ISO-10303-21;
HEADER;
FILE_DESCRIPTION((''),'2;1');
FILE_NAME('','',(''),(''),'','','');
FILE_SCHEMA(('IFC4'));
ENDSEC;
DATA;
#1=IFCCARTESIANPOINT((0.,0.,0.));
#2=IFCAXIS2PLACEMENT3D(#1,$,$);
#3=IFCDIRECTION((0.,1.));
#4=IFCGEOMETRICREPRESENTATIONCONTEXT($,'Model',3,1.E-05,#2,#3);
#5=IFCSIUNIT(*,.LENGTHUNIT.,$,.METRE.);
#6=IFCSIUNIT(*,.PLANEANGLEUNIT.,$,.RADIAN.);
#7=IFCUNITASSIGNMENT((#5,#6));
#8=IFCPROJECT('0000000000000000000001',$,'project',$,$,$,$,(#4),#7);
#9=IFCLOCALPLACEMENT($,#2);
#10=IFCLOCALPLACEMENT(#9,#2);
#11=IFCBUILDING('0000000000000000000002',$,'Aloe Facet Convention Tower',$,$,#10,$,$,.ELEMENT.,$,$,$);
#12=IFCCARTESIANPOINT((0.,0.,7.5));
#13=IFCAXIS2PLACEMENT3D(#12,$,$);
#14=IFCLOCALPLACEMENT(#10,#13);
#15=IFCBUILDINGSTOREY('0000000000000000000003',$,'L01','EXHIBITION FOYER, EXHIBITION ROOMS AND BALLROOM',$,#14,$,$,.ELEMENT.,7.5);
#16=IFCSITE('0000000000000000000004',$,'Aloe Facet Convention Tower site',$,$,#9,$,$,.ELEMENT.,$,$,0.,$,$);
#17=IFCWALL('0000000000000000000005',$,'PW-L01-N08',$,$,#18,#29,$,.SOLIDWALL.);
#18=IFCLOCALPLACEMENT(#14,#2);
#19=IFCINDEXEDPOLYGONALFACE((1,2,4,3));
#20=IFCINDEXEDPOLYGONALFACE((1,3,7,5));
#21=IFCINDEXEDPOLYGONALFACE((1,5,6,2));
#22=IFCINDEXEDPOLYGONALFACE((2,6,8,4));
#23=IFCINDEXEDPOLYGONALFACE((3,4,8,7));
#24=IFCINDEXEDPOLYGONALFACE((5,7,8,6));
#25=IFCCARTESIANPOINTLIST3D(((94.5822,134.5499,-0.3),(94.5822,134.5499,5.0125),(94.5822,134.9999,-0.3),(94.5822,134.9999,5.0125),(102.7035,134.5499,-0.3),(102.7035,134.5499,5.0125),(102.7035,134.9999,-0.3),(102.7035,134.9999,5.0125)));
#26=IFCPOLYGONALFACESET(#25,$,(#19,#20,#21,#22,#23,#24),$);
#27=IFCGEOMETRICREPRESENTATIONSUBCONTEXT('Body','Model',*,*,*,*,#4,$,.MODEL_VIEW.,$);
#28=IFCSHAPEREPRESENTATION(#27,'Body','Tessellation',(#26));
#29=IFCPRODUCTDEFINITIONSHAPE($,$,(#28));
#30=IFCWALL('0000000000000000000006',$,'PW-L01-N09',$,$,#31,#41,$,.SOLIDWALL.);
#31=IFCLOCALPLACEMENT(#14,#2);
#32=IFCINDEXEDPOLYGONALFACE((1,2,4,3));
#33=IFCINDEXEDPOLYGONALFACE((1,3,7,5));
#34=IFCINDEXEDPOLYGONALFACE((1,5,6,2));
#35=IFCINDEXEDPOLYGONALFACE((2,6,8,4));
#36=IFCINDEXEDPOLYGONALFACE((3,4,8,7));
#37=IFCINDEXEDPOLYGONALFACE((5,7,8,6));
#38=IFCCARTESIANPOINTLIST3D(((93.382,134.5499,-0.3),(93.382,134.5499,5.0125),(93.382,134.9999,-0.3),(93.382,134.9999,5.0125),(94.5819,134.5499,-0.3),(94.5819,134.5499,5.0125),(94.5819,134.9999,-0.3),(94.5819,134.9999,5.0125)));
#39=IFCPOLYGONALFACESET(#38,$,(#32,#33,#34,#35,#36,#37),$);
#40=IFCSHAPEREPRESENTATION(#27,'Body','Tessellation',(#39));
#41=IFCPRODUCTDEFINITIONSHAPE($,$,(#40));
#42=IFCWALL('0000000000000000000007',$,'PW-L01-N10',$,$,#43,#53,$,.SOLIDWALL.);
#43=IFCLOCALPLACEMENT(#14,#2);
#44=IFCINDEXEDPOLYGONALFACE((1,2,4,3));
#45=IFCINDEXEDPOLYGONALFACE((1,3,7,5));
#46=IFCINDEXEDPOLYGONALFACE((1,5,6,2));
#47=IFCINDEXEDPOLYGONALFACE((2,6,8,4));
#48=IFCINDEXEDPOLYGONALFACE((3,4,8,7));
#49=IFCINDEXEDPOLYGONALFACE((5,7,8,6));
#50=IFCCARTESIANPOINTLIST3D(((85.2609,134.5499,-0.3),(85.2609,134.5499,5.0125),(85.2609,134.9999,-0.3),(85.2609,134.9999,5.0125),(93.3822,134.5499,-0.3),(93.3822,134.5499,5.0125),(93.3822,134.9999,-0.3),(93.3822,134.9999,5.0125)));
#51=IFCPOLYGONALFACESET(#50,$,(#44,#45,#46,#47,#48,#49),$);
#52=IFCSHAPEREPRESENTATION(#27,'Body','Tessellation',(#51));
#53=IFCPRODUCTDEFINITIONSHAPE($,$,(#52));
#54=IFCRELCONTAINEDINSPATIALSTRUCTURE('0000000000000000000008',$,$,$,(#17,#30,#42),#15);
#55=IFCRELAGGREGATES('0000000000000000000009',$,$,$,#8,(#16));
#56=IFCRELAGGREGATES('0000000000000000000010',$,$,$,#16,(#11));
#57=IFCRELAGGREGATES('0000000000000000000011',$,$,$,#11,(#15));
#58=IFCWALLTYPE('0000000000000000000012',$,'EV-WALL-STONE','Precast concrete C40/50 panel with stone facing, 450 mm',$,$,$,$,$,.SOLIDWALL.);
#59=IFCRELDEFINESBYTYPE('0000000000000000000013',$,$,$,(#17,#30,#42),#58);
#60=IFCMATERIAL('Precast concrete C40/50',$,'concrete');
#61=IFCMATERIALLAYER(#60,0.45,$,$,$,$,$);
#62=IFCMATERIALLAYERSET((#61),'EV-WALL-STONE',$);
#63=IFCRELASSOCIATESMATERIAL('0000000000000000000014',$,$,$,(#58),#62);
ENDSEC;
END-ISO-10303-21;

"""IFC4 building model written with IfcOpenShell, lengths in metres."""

from ifc_helpers import new_model, si_unit, direction, frame, frame_2d, origin, place, context, subcontext, project, spatial, rectangle, extrude, material, layer, layer_set, type_object, element, save


model = new_model("IFC4")

# Units and contexts
model_context = context("Model", 3, precision=1e-05, world=origin(), true_north=direction((0.0, 1.0)))
body_context = subcontext(model_context, "Body", "Model", "MODEL_VIEW")
ifc_project = project(units=[si_unit("LENGTHUNIT", "METRE"), si_unit("PLANEANGLEUNIT", "RADIAN")], contexts=[model_context])

# Site, building, storey
site_placement = place(None, origin())
site = spatial("IfcSite", under=ifc_project, at=site_placement, Name="Aloe Facet Convention Tower site", CompositionType="ELEMENT", RefElevation=0.0)
building_placement = place(site_placement, origin())
building = spatial("IfcBuilding", under=site, at=building_placement, Name="Aloe Facet Convention Tower", CompositionType="ELEMENT")
storey_placement = place(building_placement, frame((0.0, 0.0, 7.5)))
storey = spatial("IfcBuildingStorey", under=building, at=storey_placement, Name="L01", Description="EXHIBITION FOYER, EXHIBITION ROOMS AND BALLROOM", CompositionType="ELEMENT", Elevation=7.5)

# Walls
ifc_material_1 = material(Name="Precast concrete C40/50", Category="concrete")
ifc_layer_1 = layer(ifc_material_1, 0.45)
ifc_layer_set_1 = layer_set([ifc_layer_1], Name="EV-WALL-STONE")
wall_type_1 = type_object("IfcWallType", Name="EV-WALL-STONE", Description="Precast concrete C40/50 panel with stone facing, 450 mm", PredefinedType="SOLIDWALL", material=ifc_layer_set_1)
wall_1_placement = place(storey_placement, frame((102.7034, 134.7749, -0.3), z_axis=(0.0, 0.0, 1.0), x_axis=(-1.0, 0.0, 0.0)))
element("IfcWall", 1, at=wall_1_placement, inside=storey, type_object=wall_type_1, Name="PW-L01-N08", PredefinedType="SOLIDWALL", context=body_context, shape_type="SweptSolid", body=[
    extrude(rectangle(XDim=8.1213, YDim=0.45, at=frame_2d((4.0605, 0.0))), origin(), (0.0, 0.0, 1.0), 5.3125),
])
wall_2_placement = place(storey_placement, frame((94.582, 134.7749, -0.3), z_axis=(0.0, 0.0, 1.0), x_axis=(-1.0, 0.0, 0.0)))
element("IfcWall", 2, at=wall_2_placement, inside=storey, type_object=wall_type_1, Name="PW-L01-N09", PredefinedType="SOLIDWALL", context=body_context, shape_type="SweptSolid", body=[
    extrude(rectangle(XDim=1.2, YDim=0.45, at=frame_2d((0.6001, 0.0))), origin(), (0.0, 0.0, 1.0), 5.3125),
])
wall_3_placement = place(storey_placement, frame((93.3821, 134.7749, -0.3), z_axis=(0.0, 0.0, 1.0), x_axis=(-1.0, 0.0, 0.0)))
element("IfcWall", 3, at=wall_3_placement, inside=storey, type_object=wall_type_1, Name="PW-L01-N10", PredefinedType="SOLIDWALL", context=body_context, shape_type="SweptSolid", body=[
    extrude(rectangle(XDim=8.1213, YDim=0.45, at=frame_2d((4.0605, 0.0))), origin(), (0.0, 0.0, 1.0), 5.3125),
])

save(model, "model.ifc")
